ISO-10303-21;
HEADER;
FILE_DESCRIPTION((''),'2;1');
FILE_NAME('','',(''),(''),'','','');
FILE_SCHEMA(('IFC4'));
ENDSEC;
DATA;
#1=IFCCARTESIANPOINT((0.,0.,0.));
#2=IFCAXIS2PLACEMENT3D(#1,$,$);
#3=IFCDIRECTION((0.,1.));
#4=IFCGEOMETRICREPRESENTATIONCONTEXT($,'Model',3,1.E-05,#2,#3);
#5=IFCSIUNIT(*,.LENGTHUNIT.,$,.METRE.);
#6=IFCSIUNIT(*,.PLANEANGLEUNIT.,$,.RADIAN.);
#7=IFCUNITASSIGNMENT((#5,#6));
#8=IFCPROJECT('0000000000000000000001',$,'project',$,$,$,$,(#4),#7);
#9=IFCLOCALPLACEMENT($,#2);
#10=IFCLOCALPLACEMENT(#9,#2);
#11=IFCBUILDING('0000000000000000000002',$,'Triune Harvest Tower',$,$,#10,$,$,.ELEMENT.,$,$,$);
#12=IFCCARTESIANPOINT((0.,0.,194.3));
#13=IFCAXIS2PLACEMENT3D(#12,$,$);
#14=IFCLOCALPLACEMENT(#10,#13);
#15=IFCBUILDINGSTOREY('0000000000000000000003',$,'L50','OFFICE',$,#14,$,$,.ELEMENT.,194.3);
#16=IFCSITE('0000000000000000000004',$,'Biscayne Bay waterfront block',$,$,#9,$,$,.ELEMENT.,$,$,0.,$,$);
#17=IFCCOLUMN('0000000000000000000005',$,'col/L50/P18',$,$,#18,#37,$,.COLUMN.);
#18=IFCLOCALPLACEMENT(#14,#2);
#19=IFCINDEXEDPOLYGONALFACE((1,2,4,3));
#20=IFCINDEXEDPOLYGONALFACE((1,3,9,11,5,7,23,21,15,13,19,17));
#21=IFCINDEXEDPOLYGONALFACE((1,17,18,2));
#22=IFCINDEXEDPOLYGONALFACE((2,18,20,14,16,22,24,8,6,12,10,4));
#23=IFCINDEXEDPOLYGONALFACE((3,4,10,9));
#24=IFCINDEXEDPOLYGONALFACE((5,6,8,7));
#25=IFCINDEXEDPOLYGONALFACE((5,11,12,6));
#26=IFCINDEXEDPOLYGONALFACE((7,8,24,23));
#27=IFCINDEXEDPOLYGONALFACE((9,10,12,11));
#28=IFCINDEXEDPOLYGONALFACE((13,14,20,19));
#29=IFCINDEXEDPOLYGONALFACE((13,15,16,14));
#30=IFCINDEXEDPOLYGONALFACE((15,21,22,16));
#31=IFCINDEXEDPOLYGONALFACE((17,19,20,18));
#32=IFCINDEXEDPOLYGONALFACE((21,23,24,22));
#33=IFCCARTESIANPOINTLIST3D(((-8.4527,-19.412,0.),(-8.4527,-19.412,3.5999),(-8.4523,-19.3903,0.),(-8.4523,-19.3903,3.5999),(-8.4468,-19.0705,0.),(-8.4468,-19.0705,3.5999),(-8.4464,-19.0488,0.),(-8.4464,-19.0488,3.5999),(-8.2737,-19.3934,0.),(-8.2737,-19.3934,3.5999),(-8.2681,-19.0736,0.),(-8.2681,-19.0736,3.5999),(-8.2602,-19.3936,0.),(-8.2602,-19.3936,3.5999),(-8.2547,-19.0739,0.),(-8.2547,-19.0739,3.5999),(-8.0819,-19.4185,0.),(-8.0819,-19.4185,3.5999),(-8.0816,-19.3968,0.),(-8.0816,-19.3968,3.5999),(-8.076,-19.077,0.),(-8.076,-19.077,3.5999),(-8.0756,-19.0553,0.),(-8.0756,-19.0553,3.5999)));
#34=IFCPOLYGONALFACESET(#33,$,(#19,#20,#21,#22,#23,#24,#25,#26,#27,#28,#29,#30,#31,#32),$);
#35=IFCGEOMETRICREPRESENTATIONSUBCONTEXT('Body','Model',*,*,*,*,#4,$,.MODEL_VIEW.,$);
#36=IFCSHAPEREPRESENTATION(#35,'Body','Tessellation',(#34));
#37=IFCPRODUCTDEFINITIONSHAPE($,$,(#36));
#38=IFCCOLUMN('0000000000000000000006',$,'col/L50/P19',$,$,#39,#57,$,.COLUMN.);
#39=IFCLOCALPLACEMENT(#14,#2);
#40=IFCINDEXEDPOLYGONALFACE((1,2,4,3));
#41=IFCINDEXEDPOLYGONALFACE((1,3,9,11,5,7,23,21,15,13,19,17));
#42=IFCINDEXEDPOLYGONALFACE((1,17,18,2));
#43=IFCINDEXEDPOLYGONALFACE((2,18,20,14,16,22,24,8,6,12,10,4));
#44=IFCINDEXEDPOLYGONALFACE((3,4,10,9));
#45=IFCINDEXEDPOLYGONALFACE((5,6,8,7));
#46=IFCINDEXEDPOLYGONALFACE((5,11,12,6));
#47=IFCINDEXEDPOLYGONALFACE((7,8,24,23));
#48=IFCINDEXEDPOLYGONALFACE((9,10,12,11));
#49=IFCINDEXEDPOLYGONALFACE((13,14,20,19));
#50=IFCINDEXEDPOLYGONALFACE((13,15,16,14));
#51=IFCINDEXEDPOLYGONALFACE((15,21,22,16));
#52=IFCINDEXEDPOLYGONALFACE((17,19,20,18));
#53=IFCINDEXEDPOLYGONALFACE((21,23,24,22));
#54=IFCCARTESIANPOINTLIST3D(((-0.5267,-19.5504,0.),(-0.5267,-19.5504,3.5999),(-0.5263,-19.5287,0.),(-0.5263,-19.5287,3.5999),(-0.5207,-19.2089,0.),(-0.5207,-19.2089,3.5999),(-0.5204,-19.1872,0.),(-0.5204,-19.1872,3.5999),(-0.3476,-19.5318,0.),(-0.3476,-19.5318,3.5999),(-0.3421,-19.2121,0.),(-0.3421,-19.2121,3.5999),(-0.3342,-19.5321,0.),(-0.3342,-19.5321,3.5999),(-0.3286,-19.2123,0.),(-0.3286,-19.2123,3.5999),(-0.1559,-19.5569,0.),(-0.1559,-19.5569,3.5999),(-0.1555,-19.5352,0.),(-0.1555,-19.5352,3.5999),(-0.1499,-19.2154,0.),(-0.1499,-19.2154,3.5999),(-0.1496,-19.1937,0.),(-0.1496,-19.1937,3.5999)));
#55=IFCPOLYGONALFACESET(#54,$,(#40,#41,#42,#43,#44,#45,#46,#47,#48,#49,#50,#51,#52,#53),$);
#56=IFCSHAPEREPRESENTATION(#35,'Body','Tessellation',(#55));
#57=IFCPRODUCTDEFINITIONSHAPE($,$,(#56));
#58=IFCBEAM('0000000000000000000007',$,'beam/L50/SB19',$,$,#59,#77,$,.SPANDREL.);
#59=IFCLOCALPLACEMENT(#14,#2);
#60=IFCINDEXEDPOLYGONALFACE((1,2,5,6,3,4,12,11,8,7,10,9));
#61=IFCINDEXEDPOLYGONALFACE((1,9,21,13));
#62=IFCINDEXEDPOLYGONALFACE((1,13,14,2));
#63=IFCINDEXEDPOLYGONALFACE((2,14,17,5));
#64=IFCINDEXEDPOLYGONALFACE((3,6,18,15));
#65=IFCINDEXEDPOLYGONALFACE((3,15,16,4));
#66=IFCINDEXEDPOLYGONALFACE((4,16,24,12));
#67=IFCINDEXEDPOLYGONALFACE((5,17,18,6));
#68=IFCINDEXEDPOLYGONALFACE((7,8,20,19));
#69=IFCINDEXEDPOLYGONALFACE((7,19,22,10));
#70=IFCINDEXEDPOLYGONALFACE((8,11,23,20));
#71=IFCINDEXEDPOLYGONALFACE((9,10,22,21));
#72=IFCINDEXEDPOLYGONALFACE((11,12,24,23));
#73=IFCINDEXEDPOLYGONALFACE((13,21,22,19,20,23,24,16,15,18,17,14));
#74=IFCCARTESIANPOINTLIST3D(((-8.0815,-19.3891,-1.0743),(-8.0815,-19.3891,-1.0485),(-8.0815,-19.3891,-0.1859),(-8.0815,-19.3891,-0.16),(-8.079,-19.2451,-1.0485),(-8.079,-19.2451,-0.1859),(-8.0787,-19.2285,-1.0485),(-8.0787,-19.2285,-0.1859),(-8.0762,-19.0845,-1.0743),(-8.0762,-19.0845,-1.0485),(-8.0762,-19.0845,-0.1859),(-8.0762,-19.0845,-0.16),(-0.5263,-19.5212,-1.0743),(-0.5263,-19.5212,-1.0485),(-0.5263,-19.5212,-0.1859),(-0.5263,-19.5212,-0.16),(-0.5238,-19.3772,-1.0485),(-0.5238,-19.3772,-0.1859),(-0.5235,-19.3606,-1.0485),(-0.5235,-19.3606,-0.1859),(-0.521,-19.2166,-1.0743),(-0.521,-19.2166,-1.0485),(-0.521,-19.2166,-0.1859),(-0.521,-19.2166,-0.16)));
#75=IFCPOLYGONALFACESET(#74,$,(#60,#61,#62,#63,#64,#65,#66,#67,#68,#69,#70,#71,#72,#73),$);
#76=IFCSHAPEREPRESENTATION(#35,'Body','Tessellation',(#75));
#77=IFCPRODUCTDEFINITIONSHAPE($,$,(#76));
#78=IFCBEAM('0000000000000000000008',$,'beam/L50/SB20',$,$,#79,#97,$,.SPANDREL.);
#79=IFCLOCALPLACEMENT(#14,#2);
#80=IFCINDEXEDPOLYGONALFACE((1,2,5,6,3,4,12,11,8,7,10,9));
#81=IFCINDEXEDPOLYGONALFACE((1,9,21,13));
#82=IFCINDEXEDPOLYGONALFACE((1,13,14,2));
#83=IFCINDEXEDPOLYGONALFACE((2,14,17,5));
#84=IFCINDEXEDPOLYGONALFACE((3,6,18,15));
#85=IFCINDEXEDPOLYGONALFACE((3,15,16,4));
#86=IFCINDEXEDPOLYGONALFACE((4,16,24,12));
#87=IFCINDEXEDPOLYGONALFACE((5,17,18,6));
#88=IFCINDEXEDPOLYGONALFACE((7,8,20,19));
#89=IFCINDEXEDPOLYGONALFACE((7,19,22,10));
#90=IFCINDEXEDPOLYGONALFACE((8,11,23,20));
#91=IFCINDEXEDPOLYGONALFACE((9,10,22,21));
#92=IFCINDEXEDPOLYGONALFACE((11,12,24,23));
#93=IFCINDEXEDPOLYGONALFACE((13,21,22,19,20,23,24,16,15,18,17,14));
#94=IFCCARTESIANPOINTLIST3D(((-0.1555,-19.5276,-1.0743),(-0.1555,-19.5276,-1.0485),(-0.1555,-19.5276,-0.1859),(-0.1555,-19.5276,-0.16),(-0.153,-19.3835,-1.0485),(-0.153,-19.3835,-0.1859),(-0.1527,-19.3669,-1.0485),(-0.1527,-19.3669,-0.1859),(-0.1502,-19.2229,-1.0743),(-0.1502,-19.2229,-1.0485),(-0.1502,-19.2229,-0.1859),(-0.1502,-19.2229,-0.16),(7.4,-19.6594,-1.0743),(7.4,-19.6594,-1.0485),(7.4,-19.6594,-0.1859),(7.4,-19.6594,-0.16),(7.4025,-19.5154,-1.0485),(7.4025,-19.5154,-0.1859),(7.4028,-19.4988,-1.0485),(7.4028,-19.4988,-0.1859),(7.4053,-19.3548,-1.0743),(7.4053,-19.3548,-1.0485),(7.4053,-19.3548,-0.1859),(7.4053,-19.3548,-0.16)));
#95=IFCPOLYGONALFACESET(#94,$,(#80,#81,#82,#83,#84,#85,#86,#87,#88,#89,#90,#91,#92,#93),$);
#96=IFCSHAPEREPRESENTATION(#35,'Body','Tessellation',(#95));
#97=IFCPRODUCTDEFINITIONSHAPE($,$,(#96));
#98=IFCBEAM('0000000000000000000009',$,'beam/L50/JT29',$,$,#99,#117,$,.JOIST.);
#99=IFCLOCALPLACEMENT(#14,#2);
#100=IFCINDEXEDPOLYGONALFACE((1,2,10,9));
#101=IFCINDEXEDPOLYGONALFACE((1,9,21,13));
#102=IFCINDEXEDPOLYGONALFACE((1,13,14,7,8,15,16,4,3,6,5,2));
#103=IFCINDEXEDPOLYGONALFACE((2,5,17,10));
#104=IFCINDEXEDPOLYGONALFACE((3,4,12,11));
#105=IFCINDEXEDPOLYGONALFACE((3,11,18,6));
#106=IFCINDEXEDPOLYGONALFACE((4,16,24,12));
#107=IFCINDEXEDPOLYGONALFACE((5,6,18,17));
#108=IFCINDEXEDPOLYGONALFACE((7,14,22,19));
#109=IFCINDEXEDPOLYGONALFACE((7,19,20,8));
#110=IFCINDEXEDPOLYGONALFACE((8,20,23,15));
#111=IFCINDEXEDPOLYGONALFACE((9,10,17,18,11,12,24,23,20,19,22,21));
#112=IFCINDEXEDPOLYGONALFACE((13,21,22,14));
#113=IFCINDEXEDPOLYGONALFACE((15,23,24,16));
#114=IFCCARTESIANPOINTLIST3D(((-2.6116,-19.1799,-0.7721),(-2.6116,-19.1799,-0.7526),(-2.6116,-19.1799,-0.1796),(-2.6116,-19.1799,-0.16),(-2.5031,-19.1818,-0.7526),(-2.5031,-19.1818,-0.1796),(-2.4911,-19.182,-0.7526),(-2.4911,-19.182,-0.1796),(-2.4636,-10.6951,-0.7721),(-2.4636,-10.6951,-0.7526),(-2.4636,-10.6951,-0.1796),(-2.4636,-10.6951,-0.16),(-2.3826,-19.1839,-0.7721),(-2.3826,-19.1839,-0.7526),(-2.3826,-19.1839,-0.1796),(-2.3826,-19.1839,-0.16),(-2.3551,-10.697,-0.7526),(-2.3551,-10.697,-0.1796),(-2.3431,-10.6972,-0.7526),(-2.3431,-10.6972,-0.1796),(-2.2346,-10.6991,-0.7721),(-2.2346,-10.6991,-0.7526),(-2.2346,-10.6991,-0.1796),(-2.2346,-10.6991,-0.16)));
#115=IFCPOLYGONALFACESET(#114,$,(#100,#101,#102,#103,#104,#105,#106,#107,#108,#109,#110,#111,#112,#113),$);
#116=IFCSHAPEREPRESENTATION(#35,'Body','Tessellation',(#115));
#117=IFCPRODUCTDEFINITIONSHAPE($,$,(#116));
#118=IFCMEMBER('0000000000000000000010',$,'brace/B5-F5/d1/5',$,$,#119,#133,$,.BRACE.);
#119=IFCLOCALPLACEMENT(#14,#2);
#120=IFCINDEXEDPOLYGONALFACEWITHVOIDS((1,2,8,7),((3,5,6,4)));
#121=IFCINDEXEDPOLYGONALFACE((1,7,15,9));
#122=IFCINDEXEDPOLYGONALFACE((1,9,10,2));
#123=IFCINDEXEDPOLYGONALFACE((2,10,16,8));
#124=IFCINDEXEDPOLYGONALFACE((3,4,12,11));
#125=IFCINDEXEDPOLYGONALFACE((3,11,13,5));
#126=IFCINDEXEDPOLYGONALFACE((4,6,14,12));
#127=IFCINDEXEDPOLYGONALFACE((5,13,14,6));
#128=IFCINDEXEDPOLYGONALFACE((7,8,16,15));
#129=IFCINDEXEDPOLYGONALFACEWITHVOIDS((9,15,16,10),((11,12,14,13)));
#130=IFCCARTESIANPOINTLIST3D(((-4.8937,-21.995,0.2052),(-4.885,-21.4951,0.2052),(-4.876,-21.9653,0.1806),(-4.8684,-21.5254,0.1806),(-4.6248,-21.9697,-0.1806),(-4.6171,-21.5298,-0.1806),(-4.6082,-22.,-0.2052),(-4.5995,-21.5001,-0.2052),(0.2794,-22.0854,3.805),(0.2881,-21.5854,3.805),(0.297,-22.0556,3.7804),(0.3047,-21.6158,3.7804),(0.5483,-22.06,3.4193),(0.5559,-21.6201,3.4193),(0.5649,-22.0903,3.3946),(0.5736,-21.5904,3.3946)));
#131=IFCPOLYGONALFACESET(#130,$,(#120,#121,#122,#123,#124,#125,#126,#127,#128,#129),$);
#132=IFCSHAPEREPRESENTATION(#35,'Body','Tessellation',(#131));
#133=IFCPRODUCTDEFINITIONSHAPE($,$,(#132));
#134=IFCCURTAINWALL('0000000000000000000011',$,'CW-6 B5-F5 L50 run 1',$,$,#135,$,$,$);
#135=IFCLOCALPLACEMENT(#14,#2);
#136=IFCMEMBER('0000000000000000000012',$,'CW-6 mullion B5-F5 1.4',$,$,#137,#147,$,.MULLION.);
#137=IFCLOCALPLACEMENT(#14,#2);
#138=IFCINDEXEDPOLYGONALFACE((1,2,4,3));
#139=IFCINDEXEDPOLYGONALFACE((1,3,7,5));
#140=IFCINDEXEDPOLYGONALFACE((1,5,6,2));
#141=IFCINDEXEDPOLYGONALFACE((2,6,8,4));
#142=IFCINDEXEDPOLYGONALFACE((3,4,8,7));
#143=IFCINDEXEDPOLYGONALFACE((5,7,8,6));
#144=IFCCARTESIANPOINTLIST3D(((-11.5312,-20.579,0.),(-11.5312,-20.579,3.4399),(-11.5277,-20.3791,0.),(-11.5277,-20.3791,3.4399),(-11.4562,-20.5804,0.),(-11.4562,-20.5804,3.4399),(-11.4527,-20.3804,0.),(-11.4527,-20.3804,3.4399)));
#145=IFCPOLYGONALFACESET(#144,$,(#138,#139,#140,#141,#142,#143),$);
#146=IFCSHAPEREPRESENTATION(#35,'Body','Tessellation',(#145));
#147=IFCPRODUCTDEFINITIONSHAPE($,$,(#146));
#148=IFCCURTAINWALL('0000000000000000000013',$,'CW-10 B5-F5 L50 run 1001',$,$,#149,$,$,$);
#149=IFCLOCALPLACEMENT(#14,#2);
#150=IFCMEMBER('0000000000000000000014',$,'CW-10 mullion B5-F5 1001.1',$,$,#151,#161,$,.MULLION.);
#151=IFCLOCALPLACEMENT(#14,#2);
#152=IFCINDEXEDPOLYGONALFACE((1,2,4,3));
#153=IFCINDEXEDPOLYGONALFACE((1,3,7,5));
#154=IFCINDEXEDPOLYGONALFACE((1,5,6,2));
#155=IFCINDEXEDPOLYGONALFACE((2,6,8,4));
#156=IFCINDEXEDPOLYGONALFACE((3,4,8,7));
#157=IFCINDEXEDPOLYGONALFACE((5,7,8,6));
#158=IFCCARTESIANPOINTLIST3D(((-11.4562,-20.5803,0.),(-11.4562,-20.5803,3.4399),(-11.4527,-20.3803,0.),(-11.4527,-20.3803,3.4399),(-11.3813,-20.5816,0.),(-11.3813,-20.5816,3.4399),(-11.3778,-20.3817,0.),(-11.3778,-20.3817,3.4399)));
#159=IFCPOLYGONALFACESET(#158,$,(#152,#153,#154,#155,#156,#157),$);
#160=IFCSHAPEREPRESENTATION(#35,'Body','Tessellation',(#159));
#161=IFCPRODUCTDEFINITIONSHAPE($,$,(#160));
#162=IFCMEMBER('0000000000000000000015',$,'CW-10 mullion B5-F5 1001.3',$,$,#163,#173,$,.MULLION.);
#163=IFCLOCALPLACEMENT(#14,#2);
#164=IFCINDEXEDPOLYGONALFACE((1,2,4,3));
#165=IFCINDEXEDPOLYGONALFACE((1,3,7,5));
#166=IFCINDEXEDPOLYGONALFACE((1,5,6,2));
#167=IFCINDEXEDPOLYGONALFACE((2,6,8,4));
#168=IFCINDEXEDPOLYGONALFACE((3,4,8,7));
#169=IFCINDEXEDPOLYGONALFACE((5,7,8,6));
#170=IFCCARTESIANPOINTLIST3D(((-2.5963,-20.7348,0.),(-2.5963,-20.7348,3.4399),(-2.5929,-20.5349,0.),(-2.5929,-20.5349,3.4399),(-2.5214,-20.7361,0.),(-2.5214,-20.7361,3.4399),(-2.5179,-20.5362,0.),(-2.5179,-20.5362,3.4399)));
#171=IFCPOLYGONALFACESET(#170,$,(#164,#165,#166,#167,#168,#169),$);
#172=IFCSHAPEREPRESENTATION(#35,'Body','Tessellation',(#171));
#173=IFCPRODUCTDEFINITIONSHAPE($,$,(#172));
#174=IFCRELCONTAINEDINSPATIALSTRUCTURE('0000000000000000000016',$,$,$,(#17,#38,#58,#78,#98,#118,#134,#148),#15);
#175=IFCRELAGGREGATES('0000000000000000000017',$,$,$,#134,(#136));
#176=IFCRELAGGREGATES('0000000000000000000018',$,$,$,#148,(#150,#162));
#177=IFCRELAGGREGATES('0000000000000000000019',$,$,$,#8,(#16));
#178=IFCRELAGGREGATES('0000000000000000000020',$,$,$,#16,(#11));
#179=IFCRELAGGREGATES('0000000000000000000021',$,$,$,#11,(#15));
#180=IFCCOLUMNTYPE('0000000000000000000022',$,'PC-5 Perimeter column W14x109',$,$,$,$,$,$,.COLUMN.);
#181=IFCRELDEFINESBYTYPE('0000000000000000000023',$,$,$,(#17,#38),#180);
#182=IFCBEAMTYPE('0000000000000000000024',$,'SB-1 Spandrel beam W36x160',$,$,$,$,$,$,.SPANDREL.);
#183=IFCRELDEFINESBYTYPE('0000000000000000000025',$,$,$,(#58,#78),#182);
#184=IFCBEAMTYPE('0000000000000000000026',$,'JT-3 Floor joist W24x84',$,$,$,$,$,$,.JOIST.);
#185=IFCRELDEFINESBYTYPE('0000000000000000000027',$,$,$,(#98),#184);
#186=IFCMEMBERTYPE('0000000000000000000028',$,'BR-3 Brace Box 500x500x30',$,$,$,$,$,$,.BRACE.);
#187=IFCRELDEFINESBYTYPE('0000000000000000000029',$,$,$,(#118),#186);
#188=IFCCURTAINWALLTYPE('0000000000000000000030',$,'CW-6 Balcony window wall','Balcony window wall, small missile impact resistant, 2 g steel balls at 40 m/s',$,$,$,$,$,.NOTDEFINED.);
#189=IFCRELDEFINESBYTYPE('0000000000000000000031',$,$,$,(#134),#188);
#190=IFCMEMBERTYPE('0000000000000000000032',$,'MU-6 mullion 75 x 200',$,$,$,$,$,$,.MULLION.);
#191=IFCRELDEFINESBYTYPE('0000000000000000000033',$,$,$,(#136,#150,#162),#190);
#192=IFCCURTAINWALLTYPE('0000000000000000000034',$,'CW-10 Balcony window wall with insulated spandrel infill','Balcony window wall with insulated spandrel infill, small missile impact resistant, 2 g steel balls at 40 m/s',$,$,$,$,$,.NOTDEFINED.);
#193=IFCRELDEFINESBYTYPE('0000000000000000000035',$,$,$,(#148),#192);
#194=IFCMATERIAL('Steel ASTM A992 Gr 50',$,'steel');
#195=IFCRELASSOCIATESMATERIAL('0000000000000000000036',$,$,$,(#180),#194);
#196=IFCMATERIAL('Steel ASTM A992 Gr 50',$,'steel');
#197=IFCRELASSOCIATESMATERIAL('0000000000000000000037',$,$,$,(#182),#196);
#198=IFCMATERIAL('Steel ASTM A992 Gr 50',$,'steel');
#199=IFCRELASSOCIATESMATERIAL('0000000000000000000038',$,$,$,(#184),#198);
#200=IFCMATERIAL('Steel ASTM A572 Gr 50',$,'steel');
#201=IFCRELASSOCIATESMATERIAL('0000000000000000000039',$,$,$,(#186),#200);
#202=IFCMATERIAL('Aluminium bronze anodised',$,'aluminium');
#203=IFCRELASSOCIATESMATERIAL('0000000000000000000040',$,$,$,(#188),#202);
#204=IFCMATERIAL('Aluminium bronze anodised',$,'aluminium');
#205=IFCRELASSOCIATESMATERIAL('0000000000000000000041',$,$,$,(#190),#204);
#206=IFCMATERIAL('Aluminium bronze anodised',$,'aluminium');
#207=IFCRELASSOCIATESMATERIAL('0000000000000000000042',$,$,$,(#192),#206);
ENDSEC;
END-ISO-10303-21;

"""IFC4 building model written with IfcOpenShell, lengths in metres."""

from ifc_helpers import new_model, si_unit, direction, frame, origin, origin_2d, place, context, subcontext, project, spatial, rectangle, hollow_rectangle, i_section, extrude, source, transform, mapped, material, material_profile, profile_set, type_object, element, aggregate, save


model = new_model("IFC4")

# Units and contexts
model_context = context("Model", 3, precision=1e-05, world=origin(), true_north=direction((0.0, 1.0)))
body_context = subcontext(model_context, "Body", "Model", "MODEL_VIEW")
ifc_project = project(units=[si_unit("LENGTHUNIT", "METRE"), si_unit("PLANEANGLEUNIT", "RADIAN")], contexts=[model_context])

# Site, building, storey
site_placement = place(None, origin())
site = spatial("IfcSite", under=ifc_project, at=site_placement, Name="Biscayne Bay waterfront block", CompositionType="ELEMENT", RefElevation=0.0)
building_placement = place(site_placement, origin())
building = spatial("IfcBuilding", under=site, at=building_placement, Name="Triune Harvest Tower", CompositionType="ELEMENT")
storey_placement = place(building_placement, frame((0.0, 0.0, 194.3)))
storey = spatial("IfcBuildingStorey", under=building, at=storey_placement, Name="L50", Description="OFFICE", CompositionType="ELEMENT", Elevation=194.3)

# Columns
ifc_material_1 = material(Name="Steel ASTM A992 Gr 50", Category="steel")
ifc_material_profile_1 = material_profile(ifc_material_1, i_section(OverallWidth=0.3708, OverallDepth=0.3633, WebThickness=0.0134, FlangeThickness=0.0217, at=origin_2d()), Name="W14x109")
ifc_profile_set_1 = profile_set([ifc_material_profile_1], Name="Steel ASTM A992 Gr 50")
column_type = type_object("IfcColumnType", Name="PC-5 Perimeter column W14x109", PredefinedType="COLUMN", material=ifc_profile_set_1)
shared_shape_1 = source(origin(), body_context, "Body", "SweptSolid", [
    extrude(i_section(OverallWidth=0.3708, OverallDepth=0.3633, WebThickness=0.0134, FlangeThickness=0.0217, at=origin_2d()), origin(), (0.0, 0.0, 1.0), 3.5999),
])
for number, where, z_axis, x_axis, name in (
    (1, (-8.2642, -19.2336, 0.0), (0.0, 0.0, 1.0), (0.999848, -0.017452, 0.0), "col/L50/P18"),
    (2, (-0.3381, -19.3721, 0.0), (0.0, 0.0, 1.0), (0.999848, -0.017452, 0.0), "col/L50/P19"),
):
    element("IfcColumn", number, at=place(storey_placement, frame(where, z_axis=z_axis, x_axis=x_axis)), inside=storey, type_object=column_type, Name=name, PredefinedType="COLUMN", context=body_context, shape_type="MappedRepresentation", body=[
        mapped(shared_shape_1, transform((0.0, 0.0, 0.0), scale=1.0)),
    ])

# Beams
ifc_material_2 = material(Name="Steel ASTM A992 Gr 50", Category="steel")
ifc_material_profile_2 = material_profile(ifc_material_2, i_section(OverallWidth=0.3047, OverallDepth=0.9143, WebThickness=0.0166, FlangeThickness=0.0259, at=origin_2d()), Name="W36x160")
ifc_profile_set_2 = profile_set([ifc_material_profile_2], Name="Steel ASTM A992 Gr 50")
beam_type_1 = type_object("IfcBeamType", Name="SB-1 Spandrel beam W36x160", PredefinedType="SPANDREL", material=ifc_profile_set_2)
shared_shape_2 = source(origin(), body_context, "Body", "SweptSolid", [
    extrude(i_section(OverallWidth=0.3047, OverallDepth=0.9143, WebThickness=0.0166, FlangeThickness=0.0259, at=origin_2d()), origin(), (0.0, 0.0, 1.0), 7.5564),
])
beam_1_placement = place(storey_placement, frame((-8.0789, -19.2368, -0.6172), z_axis=(0.999847, -0.017479, 0.0), x_axis=(0.017479, 0.999847, 0.0)))
element("IfcBeam", 3, at=beam_1_placement, inside=storey, type_object=beam_type_1, Name="beam/L50/SB19", PredefinedType="SPANDREL", context=body_context, shape_type="MappedRepresentation", body=[
    mapped(shared_shape_2, transform((0.0, 0.0, 0.0), scale=1.0)),
])
shared_shape_3 = source(origin(), body_context, "Body", "SweptSolid", [
    extrude(i_section(OverallWidth=0.3047, OverallDepth=0.9143, WebThickness=0.0166, FlangeThickness=0.0259, at=origin_2d()), origin(), (0.0, 0.0, 1.0), 7.5566),
])
beam_2_placement = place(storey_placement, frame((-0.1528, -19.3752, -0.6172), z_axis=(0.999848, -0.017447, 0.0), x_axis=(0.017447, 0.999848, 0.0)))
element("IfcBeam", 4, at=beam_2_placement, inside=storey, type_object=beam_type_1, Name="beam/L50/SB20", PredefinedType="SPANDREL", context=body_context, shape_type="MappedRepresentation", body=[
    mapped(shared_shape_3, transform((0.0, 0.0, 0.0), scale=1.0)),
])
ifc_material_3 = material(Name="Steel ASTM A992 Gr 50", Category="steel")
ifc_material_profile_3 = material_profile(ifc_material_3, i_section(OverallWidth=0.229, OverallDepth=0.6121, WebThickness=0.012, FlangeThickness=0.0195, at=origin_2d()), Name="W24x84")
ifc_profile_set_3 = profile_set([ifc_material_profile_3], Name="Steel ASTM A992 Gr 50")
beam_type_2 = type_object("IfcBeamType", Name="JT-3 Floor joist W24x84", PredefinedType="JOIST", material=ifc_profile_set_3)
shared_shape_4 = source(origin(), body_context, "Body", "SweptSolid", [
    extrude(i_section(OverallWidth=0.229, OverallDepth=0.6121, WebThickness=0.012, FlangeThickness=0.0195, at=origin_2d()), origin(), (0.0, 0.0, 1.0), 8.4861),
])
beam_3_placement = place(storey_placement, frame((-2.4971, -19.1819, -0.4661), z_axis=(0.017434, 0.999848, 0.0), x_axis=(-0.999848, 0.017434, 0.0)))
element("IfcBeam", 5, at=beam_3_placement, inside=storey, type_object=beam_type_2, Name="beam/L50/JT29", PredefinedType="JOIST", context=body_context, shape_type="MappedRepresentation", body=[
    mapped(shared_shape_4, transform((0.0, 0.0, 0.0), scale=1.0)),
])

# Member
ifc_material_4 = material(Name="Steel ASTM A572 Gr 50", Category="steel")
ifc_material_profile_4 = material_profile(ifc_material_4, hollow_rectangle(XDim=0.5, YDim=0.5, WallThickness=0.03, at=origin_2d()), Name="Box 500x500x30")
ifc_profile_set_4 = profile_set([ifc_material_profile_4], Name="Steel ASTM A572 Gr 50")
member_type_1 = type_object("IfcMemberType", Name="BR-3 Brace Box 500x500x30", PredefinedType="BRACE", material=ifc_profile_set_4)
shared_shape_5 = source(origin(), body_context, "Body", "SweptSolid", [
    extrude(hollow_rectangle(XDim=0.5, YDim=0.5, WallThickness=0.03, at=origin_2d()), origin(), (0.0, 0.0, 1.0), 6.303),
])
member_1_placement = place(storey_placement, frame((-4.7466, -21.7476, 0.0), z_axis=(0.820733, -0.014332, 0.571132), x_axis=(0.017459, 0.999848, 0.0)))
element("IfcMember", 6, at=member_1_placement, inside=storey, type_object=member_type_1, Name="brace/B5-F5/d1/5", PredefinedType="BRACE", context=body_context, shape_type="MappedRepresentation", body=[
    mapped(shared_shape_5, transform((0.0, 0.0, 0.0), scale=1.0)),
])

# Curtain wall, member
ifc_material_5 = material(Name="Aluminium bronze anodised", Category="aluminium")
curtain_wall_type_1 = type_object("IfcCurtainWallType", Name="CW-6 Balcony window wall", Description="Balcony window wall, small missile impact resistant, 2 g steel balls at 40 m/s", PredefinedType="NOTDEFINED", material=ifc_material_5)
curtain_wall_1_placement = place(storey_placement, origin())
curtain_wall_1 = element("IfcCurtainWall", 7, at=curtain_wall_1_placement, inside=storey, type_object=curtain_wall_type_1, Name="CW-6 B5-F5 L50 run 1")
ifc_material_6 = material(Name="Aluminium bronze anodised", Category="aluminium")
ifc_material_profile_5 = material_profile(ifc_material_6, rectangle(XDim=0.2, YDim=0.075, at=origin_2d()), Name="MU-6 mullion 75 x 200")
ifc_profile_set_5 = profile_set([ifc_material_profile_5], Name="Aluminium bronze anodised")
member_type_2 = type_object("IfcMemberType", Name="MU-6 mullion 75 x 200", PredefinedType="MULLION", material=ifc_profile_set_5)
shared_shape_6 = source(origin(), body_context, "Body", "SweptSolid", [
    extrude(rectangle(XDim=0.2, YDim=0.075, at=origin_2d()), origin(), (0.0, 0.0, 1.0), 3.4399),
])
member_2_placement = place(storey_placement, frame((-11.4919, -20.4797, 0.0), z_axis=(0.0, 0.0, 1.0), x_axis=(0.01745, 0.999848, 0.0)))
member_2 = element("IfcMember", 8, at=member_2_placement, type_object=member_type_2, Name="CW-6 mullion B5-F5 1.4", PredefinedType="MULLION", context=body_context, shape_type="MappedRepresentation", body=[
    mapped(shared_shape_6, transform((0.0, 0.0, 0.0), scale=1.0)),
])

# Curtain wall, members
ifc_material_7 = material(Name="Aluminium bronze anodised", Category="aluminium")
curtain_wall_type_2 = type_object("IfcCurtainWallType", Name="CW-10 Balcony window wall with insulated spandrel infill", Description="Balcony window wall with insulated spandrel infill, small missile impact resistant, 2 g steel balls at 40 m/s", PredefinedType="NOTDEFINED", material=ifc_material_7)
curtain_wall_2_placement = place(storey_placement, origin())
curtain_wall_2 = element("IfcCurtainWall", 9, at=curtain_wall_2_placement, inside=storey, type_object=curtain_wall_type_2, Name="CW-10 B5-F5 L50 run 1001")
member_3_placement = place(storey_placement, frame((-11.417, -20.481, 0.0), z_axis=(0.0, 0.0, 1.0), x_axis=(0.017452, 0.999848, 0.0)))
member_3 = element("IfcMember", 10, at=member_3_placement, type_object=member_type_2, Name="CW-10 mullion B5-F5 1001.1", PredefinedType="MULLION", context=body_context, shape_type="MappedRepresentation", body=[
    mapped(shared_shape_6, transform((0.0, 0.0, 0.0), scale=1.0)),
])
member_4_placement = place(storey_placement, frame((-2.5571, -20.6355, 0.0), z_axis=(0.0, 0.0, 1.0), x_axis=(0.017452, 0.999848, 0.0)))
member_4 = element("IfcMember", 11, at=member_4_placement, type_object=member_type_2, Name="CW-10 mullion B5-F5 1001.3", PredefinedType="MULLION", context=body_context, shape_type="MappedRepresentation", body=[
    mapped(shared_shape_6, transform((0.0, 0.0, 0.0), scale=1.0)),
])

aggregate(curtain_wall_1, [member_2])
aggregate(curtain_wall_2, [member_3, member_4])

save(model, "model.ifc")
